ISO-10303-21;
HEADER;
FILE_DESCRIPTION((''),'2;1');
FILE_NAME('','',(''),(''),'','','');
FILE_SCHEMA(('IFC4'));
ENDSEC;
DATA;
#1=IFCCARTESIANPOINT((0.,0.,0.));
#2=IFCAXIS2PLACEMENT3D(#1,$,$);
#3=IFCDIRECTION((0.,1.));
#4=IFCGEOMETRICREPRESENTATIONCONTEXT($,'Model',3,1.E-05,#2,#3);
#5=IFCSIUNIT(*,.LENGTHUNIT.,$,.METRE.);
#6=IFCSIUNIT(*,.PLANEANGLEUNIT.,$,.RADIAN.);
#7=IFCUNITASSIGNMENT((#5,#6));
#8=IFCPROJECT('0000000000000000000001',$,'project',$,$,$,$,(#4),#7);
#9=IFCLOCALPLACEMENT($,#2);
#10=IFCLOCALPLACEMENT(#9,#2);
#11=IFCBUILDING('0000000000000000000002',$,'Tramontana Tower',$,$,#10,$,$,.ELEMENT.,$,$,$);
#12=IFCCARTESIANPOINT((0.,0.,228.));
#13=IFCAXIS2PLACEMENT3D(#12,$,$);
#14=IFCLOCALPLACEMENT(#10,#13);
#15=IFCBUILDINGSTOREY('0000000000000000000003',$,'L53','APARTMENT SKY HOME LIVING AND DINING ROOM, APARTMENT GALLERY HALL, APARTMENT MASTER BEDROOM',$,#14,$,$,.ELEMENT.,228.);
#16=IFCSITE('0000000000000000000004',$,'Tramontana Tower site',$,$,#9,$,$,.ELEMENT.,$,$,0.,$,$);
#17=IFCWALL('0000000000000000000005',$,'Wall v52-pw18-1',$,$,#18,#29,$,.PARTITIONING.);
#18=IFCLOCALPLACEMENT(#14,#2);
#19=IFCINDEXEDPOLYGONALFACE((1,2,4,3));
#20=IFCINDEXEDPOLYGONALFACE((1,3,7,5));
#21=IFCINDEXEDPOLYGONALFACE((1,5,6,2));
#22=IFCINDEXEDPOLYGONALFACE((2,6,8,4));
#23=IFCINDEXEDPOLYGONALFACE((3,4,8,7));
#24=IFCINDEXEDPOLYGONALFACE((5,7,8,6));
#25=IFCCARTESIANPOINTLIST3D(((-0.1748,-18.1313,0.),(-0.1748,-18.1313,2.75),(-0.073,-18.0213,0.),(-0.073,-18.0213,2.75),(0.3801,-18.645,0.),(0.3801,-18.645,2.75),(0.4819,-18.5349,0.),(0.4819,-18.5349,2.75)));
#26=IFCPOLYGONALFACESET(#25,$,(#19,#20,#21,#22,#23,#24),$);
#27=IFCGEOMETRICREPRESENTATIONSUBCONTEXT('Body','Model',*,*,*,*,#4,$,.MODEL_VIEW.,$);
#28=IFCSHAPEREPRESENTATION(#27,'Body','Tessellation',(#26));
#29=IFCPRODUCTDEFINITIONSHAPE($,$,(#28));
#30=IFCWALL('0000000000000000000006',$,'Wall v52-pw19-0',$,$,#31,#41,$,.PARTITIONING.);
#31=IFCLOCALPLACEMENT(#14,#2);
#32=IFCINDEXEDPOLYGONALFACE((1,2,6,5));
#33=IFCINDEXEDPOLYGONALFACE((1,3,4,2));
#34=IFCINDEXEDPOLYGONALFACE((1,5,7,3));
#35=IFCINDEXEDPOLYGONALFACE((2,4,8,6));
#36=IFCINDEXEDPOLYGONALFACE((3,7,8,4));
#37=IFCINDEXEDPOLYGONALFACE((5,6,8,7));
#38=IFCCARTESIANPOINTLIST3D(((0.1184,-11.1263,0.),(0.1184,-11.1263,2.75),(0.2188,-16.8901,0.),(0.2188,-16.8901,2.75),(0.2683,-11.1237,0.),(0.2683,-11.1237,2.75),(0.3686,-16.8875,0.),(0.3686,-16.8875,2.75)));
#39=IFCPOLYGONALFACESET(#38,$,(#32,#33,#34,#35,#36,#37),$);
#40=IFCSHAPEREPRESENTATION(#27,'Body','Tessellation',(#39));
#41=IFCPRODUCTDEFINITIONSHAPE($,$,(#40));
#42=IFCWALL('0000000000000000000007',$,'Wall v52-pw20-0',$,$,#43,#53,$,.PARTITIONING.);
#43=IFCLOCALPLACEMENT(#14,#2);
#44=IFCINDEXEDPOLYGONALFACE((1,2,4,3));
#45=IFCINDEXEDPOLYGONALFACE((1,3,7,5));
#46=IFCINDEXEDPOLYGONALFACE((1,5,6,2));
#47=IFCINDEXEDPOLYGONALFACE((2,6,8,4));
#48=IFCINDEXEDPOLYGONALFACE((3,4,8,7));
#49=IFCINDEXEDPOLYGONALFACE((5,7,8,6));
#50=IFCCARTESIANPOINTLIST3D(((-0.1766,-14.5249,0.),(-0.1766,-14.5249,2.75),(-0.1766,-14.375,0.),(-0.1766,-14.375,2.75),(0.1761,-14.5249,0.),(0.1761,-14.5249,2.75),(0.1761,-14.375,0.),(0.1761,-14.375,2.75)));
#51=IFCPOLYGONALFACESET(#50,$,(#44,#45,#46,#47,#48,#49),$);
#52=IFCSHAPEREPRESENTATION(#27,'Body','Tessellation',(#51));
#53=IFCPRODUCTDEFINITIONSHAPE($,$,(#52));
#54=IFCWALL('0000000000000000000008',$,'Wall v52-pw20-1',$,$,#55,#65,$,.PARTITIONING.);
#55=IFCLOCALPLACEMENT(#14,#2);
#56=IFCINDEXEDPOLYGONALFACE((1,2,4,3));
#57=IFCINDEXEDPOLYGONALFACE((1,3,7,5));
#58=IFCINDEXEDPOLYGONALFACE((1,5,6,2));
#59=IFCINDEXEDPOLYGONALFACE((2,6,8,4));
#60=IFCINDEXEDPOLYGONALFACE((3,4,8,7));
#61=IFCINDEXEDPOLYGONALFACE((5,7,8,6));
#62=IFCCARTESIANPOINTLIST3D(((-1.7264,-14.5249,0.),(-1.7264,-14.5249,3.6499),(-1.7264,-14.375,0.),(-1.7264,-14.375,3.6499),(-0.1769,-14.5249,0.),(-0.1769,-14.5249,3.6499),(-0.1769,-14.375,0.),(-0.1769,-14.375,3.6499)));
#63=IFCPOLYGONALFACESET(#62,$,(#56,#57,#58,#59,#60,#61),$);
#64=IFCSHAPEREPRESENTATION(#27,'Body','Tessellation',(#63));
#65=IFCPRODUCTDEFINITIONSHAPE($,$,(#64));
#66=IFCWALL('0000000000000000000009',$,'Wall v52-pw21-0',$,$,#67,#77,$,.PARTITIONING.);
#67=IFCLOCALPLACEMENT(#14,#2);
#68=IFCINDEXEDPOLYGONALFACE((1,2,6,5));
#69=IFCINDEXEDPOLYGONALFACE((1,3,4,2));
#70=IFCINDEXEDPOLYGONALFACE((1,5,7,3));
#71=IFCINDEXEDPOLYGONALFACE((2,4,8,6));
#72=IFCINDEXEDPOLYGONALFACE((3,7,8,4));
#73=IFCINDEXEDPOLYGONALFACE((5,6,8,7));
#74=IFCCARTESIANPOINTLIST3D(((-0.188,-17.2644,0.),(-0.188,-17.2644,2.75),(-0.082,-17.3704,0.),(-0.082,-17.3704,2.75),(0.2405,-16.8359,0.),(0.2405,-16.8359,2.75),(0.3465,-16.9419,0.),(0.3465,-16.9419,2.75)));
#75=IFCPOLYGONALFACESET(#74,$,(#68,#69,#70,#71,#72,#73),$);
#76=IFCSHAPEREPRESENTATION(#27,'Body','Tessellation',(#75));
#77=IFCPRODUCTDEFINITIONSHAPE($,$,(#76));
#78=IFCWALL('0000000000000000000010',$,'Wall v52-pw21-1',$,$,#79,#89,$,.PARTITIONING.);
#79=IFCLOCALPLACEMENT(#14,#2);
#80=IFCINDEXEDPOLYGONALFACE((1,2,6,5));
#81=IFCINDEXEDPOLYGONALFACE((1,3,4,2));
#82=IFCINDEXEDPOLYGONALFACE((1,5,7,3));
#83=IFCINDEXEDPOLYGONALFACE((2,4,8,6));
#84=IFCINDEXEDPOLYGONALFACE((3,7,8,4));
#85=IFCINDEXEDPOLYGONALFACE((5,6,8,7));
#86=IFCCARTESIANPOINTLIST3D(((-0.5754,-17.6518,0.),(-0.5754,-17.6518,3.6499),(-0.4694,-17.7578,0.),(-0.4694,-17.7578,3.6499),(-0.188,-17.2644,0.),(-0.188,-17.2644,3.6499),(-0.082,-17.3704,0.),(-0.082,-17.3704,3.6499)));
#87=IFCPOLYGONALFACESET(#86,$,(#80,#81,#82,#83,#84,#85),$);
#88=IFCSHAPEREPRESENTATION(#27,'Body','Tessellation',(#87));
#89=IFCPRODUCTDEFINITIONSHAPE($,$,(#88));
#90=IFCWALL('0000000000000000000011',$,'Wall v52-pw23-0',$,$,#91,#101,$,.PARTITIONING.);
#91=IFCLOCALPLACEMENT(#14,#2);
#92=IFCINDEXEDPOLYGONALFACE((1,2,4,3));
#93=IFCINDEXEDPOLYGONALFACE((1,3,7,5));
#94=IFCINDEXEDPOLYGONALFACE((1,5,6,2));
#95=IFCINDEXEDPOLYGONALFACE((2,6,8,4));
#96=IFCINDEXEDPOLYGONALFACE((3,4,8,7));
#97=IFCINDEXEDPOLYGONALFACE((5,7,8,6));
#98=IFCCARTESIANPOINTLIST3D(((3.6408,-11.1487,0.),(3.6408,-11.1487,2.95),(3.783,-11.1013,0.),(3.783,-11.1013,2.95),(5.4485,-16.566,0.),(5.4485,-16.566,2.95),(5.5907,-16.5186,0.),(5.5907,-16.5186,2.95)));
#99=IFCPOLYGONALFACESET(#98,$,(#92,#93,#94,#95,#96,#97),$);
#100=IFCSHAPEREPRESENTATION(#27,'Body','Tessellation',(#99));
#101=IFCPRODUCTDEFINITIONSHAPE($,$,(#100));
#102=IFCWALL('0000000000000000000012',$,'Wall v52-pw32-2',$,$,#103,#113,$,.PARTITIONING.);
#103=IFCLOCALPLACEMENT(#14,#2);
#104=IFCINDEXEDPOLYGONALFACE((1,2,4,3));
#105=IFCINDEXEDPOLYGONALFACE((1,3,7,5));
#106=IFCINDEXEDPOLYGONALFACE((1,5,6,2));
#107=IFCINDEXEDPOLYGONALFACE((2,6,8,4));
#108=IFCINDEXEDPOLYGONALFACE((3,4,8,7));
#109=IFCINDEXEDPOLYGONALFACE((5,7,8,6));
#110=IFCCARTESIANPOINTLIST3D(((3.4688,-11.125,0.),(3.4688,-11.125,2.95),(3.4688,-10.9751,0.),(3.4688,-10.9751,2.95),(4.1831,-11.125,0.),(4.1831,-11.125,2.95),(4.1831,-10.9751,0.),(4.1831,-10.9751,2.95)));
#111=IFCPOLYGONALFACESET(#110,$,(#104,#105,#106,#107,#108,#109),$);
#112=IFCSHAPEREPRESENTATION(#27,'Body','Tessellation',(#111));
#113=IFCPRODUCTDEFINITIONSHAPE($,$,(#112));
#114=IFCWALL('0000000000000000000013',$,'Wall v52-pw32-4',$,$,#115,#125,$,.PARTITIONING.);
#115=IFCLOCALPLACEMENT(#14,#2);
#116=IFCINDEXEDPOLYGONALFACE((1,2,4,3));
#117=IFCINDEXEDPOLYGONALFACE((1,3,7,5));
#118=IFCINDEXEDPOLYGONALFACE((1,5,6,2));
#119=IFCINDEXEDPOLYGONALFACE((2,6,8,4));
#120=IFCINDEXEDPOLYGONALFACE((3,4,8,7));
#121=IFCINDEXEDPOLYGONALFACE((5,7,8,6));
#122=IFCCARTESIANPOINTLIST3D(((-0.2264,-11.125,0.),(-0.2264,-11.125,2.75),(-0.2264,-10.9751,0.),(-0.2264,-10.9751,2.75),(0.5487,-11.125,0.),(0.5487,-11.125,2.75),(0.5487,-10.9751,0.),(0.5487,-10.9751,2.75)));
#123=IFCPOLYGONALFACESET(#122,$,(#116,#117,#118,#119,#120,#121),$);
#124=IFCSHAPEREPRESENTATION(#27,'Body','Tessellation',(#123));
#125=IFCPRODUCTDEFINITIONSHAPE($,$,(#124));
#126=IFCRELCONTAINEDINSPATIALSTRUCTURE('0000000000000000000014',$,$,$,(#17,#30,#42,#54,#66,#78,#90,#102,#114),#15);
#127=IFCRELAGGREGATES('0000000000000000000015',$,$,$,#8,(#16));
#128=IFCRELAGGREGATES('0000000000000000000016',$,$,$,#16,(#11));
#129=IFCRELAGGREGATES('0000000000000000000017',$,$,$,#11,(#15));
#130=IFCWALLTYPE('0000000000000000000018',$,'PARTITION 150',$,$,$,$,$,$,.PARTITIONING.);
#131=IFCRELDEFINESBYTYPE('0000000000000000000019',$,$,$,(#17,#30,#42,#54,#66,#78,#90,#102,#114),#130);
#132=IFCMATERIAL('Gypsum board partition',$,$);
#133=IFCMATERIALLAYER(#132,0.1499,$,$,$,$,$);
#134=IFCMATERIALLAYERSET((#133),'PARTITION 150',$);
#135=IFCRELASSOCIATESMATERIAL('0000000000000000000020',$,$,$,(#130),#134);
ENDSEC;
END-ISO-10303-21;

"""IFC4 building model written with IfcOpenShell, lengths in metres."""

from ifc_helpers import new_model, si_unit, direction, frame, frame_2d, origin, place, context, subcontext, project, spatial, rectangle, extrude, material, layer, layer_set, type_object, element, save


model = new_model("IFC4")

# Units and contexts
model_context = context("Model", 3, precision=1e-05, world=origin(), true_north=direction((0.0, 1.0)))
body_context = subcontext(model_context, "Body", "Model", "MODEL_VIEW")
ifc_project = project(units=[si_unit("LENGTHUNIT", "METRE"), si_unit("PLANEANGLEUNIT", "RADIAN")], contexts=[model_context])

# Site, building, storey
site_placement = place(None, origin())
site = spatial("IfcSite", under=ifc_project, at=site_placement, Name="Tramontana Tower site", CompositionType="ELEMENT", RefElevation=0.0)
building_placement = place(site_placement, origin())
building = spatial("IfcBuilding", under=site, at=building_placement, Name="Tramontana Tower", CompositionType="ELEMENT")
storey_placement = place(building_placement, frame((0.0, 0.0, 228.0)))
storey = spatial("IfcBuildingStorey", under=building, at=storey_placement, Name="L53", Description="APARTMENT SKY HOME LIVING AND DINING ROOM, APARTMENT GALLERY HALL, APARTMENT MASTER BEDROOM", CompositionType="ELEMENT", Elevation=228.0)

# Walls
ifc_material_1 = material(Name="Gypsum board partition")
ifc_layer_1 = layer(ifc_material_1, 0.1499)
ifc_layer_set_1 = layer_set([ifc_layer_1], Name="PARTITION 150")
wall_type_1 = type_object("IfcWallType", Name="PARTITION 150", PredefinedType="PARTITIONING", material=ifc_layer_set_1)
wall_1_placement = place(storey_placement, frame((-0.1238, -18.0764, 0.0), z_axis=(0.0, 0.0, 1.0), x_axis=(0.733862, -0.679299, 0.0)))
element("IfcWall", 1, at=wall_1_placement, inside=storey, type_object=wall_type_1, Name="Wall v52-pw18-1", PredefinedType="PARTITIONING", context=body_context, shape_type="SweptSolid", body=[
    extrude(rectangle(XDim=0.7561, YDim=0.1499, at=frame_2d((0.3779, 0.0))), origin(), (0.0, 0.0, 1.0), 2.75),
])
wall_2_placement = place(storey_placement, frame((0.1934, -11.125, 0.0), z_axis=(0.0, 0.0, 1.0), x_axis=(0.017407, -0.999848, 0.0)))
element("IfcWall", 2, at=wall_2_placement, inside=storey, type_object=wall_type_1, Name="Wall v52-pw19-0", PredefinedType="PARTITIONING", context=body_context, shape_type="SweptSolid", body=[
    extrude(rectangle(XDim=5.7646, YDim=0.1499, at=frame_2d((2.8823, 0.0))), origin(), (0.0, 0.0, 1.0), 2.75),
])
wall_3_placement = place(storey_placement, frame((0.176, -14.45, 0.0), z_axis=(0.0, 0.0, 1.0), x_axis=(-1.0, 0.0, 0.0)))
element("IfcWall", 3, at=wall_3_placement, inside=storey, type_object=wall_type_1, Name="Wall v52-pw20-0", PredefinedType="PARTITIONING", context=body_context, shape_type="SweptSolid", body=[
    extrude(rectangle(XDim=0.3528, YDim=0.1499, at=frame_2d((0.1763, 0.0))), origin(), (0.0, 0.0, 1.0), 2.75),
])
wall_4_placement = place(storey_placement, frame((-0.1768, -14.45, 0.0), z_axis=(0.0, 0.0, 1.0), x_axis=(-1.0, 0.0, 0.0)))
element("IfcWall", 4, at=wall_4_placement, inside=storey, type_object=wall_type_1, Name="Wall v52-pw20-1", PredefinedType="PARTITIONING", context=body_context, shape_type="SweptSolid", body=[
    extrude(rectangle(XDim=1.5496, YDim=0.1499, at=frame_2d((0.7749, 0.0))), origin(), (0.0, 0.0, 1.0), 3.6499),
])
wall_5_placement = place(storey_placement, frame((0.2935, -16.8889, 0.0), z_axis=(0.0, 0.0, 1.0), x_axis=(-0.707107, -0.707107, 0.0)))
element("IfcWall", 5, at=wall_5_placement, inside=storey, type_object=wall_type_1, Name="Wall v52-pw21-0", PredefinedType="PARTITIONING", context=body_context, shape_type="SweptSolid", body=[
    extrude(rectangle(XDim=0.606, YDim=0.1499, at=frame_2d((0.303, 0.0))), origin(), (0.0, 0.0, 1.0), 2.75),
])
wall_6_placement = place(storey_placement, frame((-0.135, -17.3174, 0.0), z_axis=(0.0, 0.0, 1.0), x_axis=(-0.707107, -0.707107, 0.0)))
element("IfcWall", 6, at=wall_6_placement, inside=storey, type_object=wall_type_1, Name="Wall v52-pw21-1", PredefinedType="PARTITIONING", context=body_context, shape_type="SweptSolid", body=[
    extrude(rectangle(XDim=0.5479, YDim=0.1499, at=frame_2d((0.2739, 0.0))), origin(), (0.0, 0.0, 1.0), 3.6499),
])
wall_7_placement = place(storey_placement, frame((3.7119, -11.125, 0.0), z_axis=(0.0, 0.0, 1.0), x_axis=(0.316523, -0.948585, 0.0)))
element("IfcWall", 7, at=wall_7_placement, inside=storey, type_object=wall_type_1, Name="Wall v52-pw23-0", PredefinedType="PARTITIONING", context=body_context, shape_type="SweptSolid", body=[
    extrude(rectangle(XDim=5.7109, YDim=0.1499, at=frame_2d((2.8555, 0.0))), origin(), (0.0, 0.0, 1.0), 2.95),
])
wall_8_placement = place(storey_placement, frame((4.1831, -11.05, 0.0), z_axis=(0.0, 0.0, 1.0), x_axis=(-1.0, 0.0, 0.0)))
element("IfcWall", 8, at=wall_8_placement, inside=storey, type_object=wall_type_1, Name="Wall v52-pw32-2", PredefinedType="PARTITIONING", context=body_context, shape_type="SweptSolid", body=[
    extrude(rectangle(XDim=0.7144, YDim=0.1499, at=frame_2d((0.3572, 0.0))), origin(), (0.0, 0.0, 1.0), 2.95),
])

# Wall
wall_9_placement = place(storey_placement, frame((0.5488, -11.05, 0.0), z_axis=(0.0, 0.0, 1.0), x_axis=(-1.0, 0.0, 0.0)))
element("IfcWall", 9, at=wall_9_placement, inside=storey, type_object=wall_type_1, Name="Wall v52-pw32-4", PredefinedType="PARTITIONING", context=body_context, shape_type="SweptSolid", body=[
    extrude(rectangle(XDim=0.7751, YDim=0.1499, at=frame_2d((0.3877, 0.0))), origin(), (0.0, 0.0, 1.0), 2.75),
])

save(model, "model.ifc")
